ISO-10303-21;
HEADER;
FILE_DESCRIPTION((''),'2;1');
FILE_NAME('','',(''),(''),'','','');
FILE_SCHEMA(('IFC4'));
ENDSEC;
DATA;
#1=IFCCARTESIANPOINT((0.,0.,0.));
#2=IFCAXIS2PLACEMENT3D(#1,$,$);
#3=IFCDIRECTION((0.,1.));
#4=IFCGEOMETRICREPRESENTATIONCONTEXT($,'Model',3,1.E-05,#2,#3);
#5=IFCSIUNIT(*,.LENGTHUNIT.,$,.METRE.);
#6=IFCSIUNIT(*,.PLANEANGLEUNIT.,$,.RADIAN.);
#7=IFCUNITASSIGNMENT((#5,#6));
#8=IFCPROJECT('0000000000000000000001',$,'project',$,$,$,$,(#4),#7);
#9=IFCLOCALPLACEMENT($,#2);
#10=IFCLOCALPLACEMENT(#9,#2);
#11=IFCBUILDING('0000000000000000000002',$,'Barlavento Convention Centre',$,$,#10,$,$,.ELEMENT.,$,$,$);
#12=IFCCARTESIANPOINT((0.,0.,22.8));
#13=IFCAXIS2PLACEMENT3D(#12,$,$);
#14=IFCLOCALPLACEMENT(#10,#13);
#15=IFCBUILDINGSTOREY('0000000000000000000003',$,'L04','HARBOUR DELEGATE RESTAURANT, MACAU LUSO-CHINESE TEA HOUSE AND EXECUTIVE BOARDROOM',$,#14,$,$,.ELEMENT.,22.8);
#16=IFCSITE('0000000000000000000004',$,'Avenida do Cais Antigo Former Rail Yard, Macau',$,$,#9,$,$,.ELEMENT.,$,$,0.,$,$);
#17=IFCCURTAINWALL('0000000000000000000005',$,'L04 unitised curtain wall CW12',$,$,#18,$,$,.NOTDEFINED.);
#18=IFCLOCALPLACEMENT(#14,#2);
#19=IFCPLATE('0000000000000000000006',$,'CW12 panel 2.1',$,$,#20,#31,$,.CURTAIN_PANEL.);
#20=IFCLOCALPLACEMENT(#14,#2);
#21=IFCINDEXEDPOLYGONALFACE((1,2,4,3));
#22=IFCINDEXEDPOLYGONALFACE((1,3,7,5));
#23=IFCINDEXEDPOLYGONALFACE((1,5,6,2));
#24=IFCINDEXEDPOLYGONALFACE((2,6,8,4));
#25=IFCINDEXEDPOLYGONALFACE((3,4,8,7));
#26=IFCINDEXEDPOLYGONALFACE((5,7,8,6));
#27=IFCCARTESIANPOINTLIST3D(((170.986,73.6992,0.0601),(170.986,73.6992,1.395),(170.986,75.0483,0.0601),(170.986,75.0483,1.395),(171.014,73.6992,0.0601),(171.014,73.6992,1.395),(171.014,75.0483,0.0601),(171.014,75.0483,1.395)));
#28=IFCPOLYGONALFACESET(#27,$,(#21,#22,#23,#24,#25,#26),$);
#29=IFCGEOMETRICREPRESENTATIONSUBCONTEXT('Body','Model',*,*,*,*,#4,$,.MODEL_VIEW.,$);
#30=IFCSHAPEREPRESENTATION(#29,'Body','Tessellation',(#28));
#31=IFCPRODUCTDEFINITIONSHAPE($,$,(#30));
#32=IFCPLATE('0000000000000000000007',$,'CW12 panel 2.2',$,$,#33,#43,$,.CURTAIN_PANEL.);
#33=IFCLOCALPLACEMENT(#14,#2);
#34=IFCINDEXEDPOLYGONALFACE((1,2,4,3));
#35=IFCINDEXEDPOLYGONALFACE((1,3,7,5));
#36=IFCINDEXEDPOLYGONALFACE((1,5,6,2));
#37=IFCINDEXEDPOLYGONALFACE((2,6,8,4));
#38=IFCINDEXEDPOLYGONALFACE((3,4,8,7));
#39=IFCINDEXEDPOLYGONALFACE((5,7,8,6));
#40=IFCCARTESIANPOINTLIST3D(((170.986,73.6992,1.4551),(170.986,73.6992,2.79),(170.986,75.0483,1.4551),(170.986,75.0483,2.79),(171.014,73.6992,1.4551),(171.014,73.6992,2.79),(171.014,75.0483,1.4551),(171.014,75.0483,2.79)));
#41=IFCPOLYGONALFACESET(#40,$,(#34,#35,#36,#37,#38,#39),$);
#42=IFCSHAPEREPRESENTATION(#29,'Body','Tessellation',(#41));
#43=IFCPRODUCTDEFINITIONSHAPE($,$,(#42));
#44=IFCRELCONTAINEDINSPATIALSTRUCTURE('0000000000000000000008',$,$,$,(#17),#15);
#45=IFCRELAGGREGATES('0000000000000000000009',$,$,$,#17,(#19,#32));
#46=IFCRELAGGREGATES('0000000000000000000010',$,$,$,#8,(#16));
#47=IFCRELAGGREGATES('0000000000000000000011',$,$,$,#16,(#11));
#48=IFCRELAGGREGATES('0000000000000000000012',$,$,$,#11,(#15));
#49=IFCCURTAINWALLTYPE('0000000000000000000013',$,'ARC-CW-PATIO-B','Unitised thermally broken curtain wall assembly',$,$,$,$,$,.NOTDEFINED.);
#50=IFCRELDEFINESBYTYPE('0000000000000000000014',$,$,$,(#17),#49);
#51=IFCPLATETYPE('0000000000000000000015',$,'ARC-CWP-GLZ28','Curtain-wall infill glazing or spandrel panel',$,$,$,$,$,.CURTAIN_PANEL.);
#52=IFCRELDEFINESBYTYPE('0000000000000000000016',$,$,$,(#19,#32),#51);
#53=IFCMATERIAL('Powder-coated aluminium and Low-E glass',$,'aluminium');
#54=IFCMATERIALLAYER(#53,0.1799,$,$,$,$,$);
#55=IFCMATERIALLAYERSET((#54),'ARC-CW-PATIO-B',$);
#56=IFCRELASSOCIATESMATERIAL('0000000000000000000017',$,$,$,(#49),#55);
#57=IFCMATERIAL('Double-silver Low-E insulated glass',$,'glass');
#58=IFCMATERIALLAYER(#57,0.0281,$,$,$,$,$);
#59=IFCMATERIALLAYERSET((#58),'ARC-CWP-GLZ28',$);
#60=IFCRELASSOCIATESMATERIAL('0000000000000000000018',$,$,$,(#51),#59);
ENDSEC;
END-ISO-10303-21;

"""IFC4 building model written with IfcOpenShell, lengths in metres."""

from ifc_helpers import new_model, si_unit, direction, frame, origin, origin_2d, place, context, subcontext, project, spatial, rectangle, extrude, material, layer, layer_set, type_object, element, aggregate, save


model = new_model("IFC4")

# Units and contexts
model_context = context("Model", 3, precision=1e-05, world=origin(), true_north=direction((0.0, 1.0)))
body_context = subcontext(model_context, "Body", "Model", "MODEL_VIEW")
ifc_project = project(units=[si_unit("LENGTHUNIT", "METRE"), si_unit("PLANEANGLEUNIT", "RADIAN")], contexts=[model_context])

# Site, building, storey
site_placement = place(None, origin())
site = spatial("IfcSite", under=ifc_project, at=site_placement, Name="Avenida do Cais Antigo Former Rail Yard, Macau", CompositionType="ELEMENT", RefElevation=0.0)
building_placement = place(site_placement, origin())
building = spatial("IfcBuilding", under=site, at=building_placement, Name="Barlavento Convention Centre", CompositionType="ELEMENT")
storey_placement = place(building_placement, frame((0.0, 0.0, 22.8)))
storey = spatial("IfcBuildingStorey", under=building, at=storey_placement, Name="L04", Description="HARBOUR DELEGATE RESTAURANT, MACAU LUSO-CHINESE TEA HOUSE AND EXECUTIVE BOARDROOM", CompositionType="ELEMENT", Elevation=22.8)

# Curtain wall
ifc_material_1 = material(Name="Powder-coated aluminium and Low-E glass", Category="aluminium")
ifc_layer_1 = layer(ifc_material_1, 0.1799)
ifc_layer_set_1 = layer_set([ifc_layer_1], Name="ARC-CW-PATIO-B")
curtain_wall_type = type_object("IfcCurtainWallType", Name="ARC-CW-PATIO-B", Description="Unitised thermally broken curtain wall assembly", PredefinedType="NOTDEFINED", material=ifc_layer_set_1)
curtain_wall_1_placement = place(storey_placement, origin())
curtain_wall_1 = element("IfcCurtainWall", 1, at=curtain_wall_1_placement, inside=storey, type_object=curtain_wall_type, Name="L04 unitised curtain wall CW12", PredefinedType="NOTDEFINED")

# Plates
ifc_material_2 = material(Name="Double-silver Low-E insulated glass", Category="glass")
ifc_layer_2 = layer(ifc_material_2, 0.0281)
ifc_layer_set_2 = layer_set([ifc_layer_2], Name="ARC-CWP-GLZ28")
plate_type = type_object("IfcPlateType", Name="ARC-CWP-GLZ28", Description="Curtain-wall infill glazing or spandrel panel", PredefinedType="CURTAIN_PANEL", material=ifc_layer_set_2)
plate_1_placement = place(storey_placement, frame((171.0, 74.3738, 0.0601), z_axis=(0.0, 0.0, 1.0), x_axis=(0.0, 1.0, 0.0)))
plate_1 = element("IfcPlate", 2, at=plate_1_placement, type_object=plate_type, Name="CW12 panel 2.1", PredefinedType="CURTAIN_PANEL", context=body_context, shape_type="SweptSolid", body=[
    extrude(rectangle(XDim=1.3491, YDim=0.0281, at=origin_2d()), origin(), (0.0, 0.0, 1.0), 1.335),
])
plate_2_placement = place(storey_placement, frame((171.0, 74.3738, 1.4551), z_axis=(0.0, 0.0, 1.0), x_axis=(0.0, 1.0, 0.0)))
plate_2 = element("IfcPlate", 3, at=plate_2_placement, type_object=plate_type, Name="CW12 panel 2.2", PredefinedType="CURTAIN_PANEL", context=body_context, shape_type="SweptSolid", body=[
    extrude(rectangle(XDim=1.3491, YDim=0.0281, at=origin_2d()), origin(), (0.0, 0.0, 1.0), 1.335),
])
aggregate(curtain_wall_1, [plate_1, plate_2])

save(model, "model.ifc")
